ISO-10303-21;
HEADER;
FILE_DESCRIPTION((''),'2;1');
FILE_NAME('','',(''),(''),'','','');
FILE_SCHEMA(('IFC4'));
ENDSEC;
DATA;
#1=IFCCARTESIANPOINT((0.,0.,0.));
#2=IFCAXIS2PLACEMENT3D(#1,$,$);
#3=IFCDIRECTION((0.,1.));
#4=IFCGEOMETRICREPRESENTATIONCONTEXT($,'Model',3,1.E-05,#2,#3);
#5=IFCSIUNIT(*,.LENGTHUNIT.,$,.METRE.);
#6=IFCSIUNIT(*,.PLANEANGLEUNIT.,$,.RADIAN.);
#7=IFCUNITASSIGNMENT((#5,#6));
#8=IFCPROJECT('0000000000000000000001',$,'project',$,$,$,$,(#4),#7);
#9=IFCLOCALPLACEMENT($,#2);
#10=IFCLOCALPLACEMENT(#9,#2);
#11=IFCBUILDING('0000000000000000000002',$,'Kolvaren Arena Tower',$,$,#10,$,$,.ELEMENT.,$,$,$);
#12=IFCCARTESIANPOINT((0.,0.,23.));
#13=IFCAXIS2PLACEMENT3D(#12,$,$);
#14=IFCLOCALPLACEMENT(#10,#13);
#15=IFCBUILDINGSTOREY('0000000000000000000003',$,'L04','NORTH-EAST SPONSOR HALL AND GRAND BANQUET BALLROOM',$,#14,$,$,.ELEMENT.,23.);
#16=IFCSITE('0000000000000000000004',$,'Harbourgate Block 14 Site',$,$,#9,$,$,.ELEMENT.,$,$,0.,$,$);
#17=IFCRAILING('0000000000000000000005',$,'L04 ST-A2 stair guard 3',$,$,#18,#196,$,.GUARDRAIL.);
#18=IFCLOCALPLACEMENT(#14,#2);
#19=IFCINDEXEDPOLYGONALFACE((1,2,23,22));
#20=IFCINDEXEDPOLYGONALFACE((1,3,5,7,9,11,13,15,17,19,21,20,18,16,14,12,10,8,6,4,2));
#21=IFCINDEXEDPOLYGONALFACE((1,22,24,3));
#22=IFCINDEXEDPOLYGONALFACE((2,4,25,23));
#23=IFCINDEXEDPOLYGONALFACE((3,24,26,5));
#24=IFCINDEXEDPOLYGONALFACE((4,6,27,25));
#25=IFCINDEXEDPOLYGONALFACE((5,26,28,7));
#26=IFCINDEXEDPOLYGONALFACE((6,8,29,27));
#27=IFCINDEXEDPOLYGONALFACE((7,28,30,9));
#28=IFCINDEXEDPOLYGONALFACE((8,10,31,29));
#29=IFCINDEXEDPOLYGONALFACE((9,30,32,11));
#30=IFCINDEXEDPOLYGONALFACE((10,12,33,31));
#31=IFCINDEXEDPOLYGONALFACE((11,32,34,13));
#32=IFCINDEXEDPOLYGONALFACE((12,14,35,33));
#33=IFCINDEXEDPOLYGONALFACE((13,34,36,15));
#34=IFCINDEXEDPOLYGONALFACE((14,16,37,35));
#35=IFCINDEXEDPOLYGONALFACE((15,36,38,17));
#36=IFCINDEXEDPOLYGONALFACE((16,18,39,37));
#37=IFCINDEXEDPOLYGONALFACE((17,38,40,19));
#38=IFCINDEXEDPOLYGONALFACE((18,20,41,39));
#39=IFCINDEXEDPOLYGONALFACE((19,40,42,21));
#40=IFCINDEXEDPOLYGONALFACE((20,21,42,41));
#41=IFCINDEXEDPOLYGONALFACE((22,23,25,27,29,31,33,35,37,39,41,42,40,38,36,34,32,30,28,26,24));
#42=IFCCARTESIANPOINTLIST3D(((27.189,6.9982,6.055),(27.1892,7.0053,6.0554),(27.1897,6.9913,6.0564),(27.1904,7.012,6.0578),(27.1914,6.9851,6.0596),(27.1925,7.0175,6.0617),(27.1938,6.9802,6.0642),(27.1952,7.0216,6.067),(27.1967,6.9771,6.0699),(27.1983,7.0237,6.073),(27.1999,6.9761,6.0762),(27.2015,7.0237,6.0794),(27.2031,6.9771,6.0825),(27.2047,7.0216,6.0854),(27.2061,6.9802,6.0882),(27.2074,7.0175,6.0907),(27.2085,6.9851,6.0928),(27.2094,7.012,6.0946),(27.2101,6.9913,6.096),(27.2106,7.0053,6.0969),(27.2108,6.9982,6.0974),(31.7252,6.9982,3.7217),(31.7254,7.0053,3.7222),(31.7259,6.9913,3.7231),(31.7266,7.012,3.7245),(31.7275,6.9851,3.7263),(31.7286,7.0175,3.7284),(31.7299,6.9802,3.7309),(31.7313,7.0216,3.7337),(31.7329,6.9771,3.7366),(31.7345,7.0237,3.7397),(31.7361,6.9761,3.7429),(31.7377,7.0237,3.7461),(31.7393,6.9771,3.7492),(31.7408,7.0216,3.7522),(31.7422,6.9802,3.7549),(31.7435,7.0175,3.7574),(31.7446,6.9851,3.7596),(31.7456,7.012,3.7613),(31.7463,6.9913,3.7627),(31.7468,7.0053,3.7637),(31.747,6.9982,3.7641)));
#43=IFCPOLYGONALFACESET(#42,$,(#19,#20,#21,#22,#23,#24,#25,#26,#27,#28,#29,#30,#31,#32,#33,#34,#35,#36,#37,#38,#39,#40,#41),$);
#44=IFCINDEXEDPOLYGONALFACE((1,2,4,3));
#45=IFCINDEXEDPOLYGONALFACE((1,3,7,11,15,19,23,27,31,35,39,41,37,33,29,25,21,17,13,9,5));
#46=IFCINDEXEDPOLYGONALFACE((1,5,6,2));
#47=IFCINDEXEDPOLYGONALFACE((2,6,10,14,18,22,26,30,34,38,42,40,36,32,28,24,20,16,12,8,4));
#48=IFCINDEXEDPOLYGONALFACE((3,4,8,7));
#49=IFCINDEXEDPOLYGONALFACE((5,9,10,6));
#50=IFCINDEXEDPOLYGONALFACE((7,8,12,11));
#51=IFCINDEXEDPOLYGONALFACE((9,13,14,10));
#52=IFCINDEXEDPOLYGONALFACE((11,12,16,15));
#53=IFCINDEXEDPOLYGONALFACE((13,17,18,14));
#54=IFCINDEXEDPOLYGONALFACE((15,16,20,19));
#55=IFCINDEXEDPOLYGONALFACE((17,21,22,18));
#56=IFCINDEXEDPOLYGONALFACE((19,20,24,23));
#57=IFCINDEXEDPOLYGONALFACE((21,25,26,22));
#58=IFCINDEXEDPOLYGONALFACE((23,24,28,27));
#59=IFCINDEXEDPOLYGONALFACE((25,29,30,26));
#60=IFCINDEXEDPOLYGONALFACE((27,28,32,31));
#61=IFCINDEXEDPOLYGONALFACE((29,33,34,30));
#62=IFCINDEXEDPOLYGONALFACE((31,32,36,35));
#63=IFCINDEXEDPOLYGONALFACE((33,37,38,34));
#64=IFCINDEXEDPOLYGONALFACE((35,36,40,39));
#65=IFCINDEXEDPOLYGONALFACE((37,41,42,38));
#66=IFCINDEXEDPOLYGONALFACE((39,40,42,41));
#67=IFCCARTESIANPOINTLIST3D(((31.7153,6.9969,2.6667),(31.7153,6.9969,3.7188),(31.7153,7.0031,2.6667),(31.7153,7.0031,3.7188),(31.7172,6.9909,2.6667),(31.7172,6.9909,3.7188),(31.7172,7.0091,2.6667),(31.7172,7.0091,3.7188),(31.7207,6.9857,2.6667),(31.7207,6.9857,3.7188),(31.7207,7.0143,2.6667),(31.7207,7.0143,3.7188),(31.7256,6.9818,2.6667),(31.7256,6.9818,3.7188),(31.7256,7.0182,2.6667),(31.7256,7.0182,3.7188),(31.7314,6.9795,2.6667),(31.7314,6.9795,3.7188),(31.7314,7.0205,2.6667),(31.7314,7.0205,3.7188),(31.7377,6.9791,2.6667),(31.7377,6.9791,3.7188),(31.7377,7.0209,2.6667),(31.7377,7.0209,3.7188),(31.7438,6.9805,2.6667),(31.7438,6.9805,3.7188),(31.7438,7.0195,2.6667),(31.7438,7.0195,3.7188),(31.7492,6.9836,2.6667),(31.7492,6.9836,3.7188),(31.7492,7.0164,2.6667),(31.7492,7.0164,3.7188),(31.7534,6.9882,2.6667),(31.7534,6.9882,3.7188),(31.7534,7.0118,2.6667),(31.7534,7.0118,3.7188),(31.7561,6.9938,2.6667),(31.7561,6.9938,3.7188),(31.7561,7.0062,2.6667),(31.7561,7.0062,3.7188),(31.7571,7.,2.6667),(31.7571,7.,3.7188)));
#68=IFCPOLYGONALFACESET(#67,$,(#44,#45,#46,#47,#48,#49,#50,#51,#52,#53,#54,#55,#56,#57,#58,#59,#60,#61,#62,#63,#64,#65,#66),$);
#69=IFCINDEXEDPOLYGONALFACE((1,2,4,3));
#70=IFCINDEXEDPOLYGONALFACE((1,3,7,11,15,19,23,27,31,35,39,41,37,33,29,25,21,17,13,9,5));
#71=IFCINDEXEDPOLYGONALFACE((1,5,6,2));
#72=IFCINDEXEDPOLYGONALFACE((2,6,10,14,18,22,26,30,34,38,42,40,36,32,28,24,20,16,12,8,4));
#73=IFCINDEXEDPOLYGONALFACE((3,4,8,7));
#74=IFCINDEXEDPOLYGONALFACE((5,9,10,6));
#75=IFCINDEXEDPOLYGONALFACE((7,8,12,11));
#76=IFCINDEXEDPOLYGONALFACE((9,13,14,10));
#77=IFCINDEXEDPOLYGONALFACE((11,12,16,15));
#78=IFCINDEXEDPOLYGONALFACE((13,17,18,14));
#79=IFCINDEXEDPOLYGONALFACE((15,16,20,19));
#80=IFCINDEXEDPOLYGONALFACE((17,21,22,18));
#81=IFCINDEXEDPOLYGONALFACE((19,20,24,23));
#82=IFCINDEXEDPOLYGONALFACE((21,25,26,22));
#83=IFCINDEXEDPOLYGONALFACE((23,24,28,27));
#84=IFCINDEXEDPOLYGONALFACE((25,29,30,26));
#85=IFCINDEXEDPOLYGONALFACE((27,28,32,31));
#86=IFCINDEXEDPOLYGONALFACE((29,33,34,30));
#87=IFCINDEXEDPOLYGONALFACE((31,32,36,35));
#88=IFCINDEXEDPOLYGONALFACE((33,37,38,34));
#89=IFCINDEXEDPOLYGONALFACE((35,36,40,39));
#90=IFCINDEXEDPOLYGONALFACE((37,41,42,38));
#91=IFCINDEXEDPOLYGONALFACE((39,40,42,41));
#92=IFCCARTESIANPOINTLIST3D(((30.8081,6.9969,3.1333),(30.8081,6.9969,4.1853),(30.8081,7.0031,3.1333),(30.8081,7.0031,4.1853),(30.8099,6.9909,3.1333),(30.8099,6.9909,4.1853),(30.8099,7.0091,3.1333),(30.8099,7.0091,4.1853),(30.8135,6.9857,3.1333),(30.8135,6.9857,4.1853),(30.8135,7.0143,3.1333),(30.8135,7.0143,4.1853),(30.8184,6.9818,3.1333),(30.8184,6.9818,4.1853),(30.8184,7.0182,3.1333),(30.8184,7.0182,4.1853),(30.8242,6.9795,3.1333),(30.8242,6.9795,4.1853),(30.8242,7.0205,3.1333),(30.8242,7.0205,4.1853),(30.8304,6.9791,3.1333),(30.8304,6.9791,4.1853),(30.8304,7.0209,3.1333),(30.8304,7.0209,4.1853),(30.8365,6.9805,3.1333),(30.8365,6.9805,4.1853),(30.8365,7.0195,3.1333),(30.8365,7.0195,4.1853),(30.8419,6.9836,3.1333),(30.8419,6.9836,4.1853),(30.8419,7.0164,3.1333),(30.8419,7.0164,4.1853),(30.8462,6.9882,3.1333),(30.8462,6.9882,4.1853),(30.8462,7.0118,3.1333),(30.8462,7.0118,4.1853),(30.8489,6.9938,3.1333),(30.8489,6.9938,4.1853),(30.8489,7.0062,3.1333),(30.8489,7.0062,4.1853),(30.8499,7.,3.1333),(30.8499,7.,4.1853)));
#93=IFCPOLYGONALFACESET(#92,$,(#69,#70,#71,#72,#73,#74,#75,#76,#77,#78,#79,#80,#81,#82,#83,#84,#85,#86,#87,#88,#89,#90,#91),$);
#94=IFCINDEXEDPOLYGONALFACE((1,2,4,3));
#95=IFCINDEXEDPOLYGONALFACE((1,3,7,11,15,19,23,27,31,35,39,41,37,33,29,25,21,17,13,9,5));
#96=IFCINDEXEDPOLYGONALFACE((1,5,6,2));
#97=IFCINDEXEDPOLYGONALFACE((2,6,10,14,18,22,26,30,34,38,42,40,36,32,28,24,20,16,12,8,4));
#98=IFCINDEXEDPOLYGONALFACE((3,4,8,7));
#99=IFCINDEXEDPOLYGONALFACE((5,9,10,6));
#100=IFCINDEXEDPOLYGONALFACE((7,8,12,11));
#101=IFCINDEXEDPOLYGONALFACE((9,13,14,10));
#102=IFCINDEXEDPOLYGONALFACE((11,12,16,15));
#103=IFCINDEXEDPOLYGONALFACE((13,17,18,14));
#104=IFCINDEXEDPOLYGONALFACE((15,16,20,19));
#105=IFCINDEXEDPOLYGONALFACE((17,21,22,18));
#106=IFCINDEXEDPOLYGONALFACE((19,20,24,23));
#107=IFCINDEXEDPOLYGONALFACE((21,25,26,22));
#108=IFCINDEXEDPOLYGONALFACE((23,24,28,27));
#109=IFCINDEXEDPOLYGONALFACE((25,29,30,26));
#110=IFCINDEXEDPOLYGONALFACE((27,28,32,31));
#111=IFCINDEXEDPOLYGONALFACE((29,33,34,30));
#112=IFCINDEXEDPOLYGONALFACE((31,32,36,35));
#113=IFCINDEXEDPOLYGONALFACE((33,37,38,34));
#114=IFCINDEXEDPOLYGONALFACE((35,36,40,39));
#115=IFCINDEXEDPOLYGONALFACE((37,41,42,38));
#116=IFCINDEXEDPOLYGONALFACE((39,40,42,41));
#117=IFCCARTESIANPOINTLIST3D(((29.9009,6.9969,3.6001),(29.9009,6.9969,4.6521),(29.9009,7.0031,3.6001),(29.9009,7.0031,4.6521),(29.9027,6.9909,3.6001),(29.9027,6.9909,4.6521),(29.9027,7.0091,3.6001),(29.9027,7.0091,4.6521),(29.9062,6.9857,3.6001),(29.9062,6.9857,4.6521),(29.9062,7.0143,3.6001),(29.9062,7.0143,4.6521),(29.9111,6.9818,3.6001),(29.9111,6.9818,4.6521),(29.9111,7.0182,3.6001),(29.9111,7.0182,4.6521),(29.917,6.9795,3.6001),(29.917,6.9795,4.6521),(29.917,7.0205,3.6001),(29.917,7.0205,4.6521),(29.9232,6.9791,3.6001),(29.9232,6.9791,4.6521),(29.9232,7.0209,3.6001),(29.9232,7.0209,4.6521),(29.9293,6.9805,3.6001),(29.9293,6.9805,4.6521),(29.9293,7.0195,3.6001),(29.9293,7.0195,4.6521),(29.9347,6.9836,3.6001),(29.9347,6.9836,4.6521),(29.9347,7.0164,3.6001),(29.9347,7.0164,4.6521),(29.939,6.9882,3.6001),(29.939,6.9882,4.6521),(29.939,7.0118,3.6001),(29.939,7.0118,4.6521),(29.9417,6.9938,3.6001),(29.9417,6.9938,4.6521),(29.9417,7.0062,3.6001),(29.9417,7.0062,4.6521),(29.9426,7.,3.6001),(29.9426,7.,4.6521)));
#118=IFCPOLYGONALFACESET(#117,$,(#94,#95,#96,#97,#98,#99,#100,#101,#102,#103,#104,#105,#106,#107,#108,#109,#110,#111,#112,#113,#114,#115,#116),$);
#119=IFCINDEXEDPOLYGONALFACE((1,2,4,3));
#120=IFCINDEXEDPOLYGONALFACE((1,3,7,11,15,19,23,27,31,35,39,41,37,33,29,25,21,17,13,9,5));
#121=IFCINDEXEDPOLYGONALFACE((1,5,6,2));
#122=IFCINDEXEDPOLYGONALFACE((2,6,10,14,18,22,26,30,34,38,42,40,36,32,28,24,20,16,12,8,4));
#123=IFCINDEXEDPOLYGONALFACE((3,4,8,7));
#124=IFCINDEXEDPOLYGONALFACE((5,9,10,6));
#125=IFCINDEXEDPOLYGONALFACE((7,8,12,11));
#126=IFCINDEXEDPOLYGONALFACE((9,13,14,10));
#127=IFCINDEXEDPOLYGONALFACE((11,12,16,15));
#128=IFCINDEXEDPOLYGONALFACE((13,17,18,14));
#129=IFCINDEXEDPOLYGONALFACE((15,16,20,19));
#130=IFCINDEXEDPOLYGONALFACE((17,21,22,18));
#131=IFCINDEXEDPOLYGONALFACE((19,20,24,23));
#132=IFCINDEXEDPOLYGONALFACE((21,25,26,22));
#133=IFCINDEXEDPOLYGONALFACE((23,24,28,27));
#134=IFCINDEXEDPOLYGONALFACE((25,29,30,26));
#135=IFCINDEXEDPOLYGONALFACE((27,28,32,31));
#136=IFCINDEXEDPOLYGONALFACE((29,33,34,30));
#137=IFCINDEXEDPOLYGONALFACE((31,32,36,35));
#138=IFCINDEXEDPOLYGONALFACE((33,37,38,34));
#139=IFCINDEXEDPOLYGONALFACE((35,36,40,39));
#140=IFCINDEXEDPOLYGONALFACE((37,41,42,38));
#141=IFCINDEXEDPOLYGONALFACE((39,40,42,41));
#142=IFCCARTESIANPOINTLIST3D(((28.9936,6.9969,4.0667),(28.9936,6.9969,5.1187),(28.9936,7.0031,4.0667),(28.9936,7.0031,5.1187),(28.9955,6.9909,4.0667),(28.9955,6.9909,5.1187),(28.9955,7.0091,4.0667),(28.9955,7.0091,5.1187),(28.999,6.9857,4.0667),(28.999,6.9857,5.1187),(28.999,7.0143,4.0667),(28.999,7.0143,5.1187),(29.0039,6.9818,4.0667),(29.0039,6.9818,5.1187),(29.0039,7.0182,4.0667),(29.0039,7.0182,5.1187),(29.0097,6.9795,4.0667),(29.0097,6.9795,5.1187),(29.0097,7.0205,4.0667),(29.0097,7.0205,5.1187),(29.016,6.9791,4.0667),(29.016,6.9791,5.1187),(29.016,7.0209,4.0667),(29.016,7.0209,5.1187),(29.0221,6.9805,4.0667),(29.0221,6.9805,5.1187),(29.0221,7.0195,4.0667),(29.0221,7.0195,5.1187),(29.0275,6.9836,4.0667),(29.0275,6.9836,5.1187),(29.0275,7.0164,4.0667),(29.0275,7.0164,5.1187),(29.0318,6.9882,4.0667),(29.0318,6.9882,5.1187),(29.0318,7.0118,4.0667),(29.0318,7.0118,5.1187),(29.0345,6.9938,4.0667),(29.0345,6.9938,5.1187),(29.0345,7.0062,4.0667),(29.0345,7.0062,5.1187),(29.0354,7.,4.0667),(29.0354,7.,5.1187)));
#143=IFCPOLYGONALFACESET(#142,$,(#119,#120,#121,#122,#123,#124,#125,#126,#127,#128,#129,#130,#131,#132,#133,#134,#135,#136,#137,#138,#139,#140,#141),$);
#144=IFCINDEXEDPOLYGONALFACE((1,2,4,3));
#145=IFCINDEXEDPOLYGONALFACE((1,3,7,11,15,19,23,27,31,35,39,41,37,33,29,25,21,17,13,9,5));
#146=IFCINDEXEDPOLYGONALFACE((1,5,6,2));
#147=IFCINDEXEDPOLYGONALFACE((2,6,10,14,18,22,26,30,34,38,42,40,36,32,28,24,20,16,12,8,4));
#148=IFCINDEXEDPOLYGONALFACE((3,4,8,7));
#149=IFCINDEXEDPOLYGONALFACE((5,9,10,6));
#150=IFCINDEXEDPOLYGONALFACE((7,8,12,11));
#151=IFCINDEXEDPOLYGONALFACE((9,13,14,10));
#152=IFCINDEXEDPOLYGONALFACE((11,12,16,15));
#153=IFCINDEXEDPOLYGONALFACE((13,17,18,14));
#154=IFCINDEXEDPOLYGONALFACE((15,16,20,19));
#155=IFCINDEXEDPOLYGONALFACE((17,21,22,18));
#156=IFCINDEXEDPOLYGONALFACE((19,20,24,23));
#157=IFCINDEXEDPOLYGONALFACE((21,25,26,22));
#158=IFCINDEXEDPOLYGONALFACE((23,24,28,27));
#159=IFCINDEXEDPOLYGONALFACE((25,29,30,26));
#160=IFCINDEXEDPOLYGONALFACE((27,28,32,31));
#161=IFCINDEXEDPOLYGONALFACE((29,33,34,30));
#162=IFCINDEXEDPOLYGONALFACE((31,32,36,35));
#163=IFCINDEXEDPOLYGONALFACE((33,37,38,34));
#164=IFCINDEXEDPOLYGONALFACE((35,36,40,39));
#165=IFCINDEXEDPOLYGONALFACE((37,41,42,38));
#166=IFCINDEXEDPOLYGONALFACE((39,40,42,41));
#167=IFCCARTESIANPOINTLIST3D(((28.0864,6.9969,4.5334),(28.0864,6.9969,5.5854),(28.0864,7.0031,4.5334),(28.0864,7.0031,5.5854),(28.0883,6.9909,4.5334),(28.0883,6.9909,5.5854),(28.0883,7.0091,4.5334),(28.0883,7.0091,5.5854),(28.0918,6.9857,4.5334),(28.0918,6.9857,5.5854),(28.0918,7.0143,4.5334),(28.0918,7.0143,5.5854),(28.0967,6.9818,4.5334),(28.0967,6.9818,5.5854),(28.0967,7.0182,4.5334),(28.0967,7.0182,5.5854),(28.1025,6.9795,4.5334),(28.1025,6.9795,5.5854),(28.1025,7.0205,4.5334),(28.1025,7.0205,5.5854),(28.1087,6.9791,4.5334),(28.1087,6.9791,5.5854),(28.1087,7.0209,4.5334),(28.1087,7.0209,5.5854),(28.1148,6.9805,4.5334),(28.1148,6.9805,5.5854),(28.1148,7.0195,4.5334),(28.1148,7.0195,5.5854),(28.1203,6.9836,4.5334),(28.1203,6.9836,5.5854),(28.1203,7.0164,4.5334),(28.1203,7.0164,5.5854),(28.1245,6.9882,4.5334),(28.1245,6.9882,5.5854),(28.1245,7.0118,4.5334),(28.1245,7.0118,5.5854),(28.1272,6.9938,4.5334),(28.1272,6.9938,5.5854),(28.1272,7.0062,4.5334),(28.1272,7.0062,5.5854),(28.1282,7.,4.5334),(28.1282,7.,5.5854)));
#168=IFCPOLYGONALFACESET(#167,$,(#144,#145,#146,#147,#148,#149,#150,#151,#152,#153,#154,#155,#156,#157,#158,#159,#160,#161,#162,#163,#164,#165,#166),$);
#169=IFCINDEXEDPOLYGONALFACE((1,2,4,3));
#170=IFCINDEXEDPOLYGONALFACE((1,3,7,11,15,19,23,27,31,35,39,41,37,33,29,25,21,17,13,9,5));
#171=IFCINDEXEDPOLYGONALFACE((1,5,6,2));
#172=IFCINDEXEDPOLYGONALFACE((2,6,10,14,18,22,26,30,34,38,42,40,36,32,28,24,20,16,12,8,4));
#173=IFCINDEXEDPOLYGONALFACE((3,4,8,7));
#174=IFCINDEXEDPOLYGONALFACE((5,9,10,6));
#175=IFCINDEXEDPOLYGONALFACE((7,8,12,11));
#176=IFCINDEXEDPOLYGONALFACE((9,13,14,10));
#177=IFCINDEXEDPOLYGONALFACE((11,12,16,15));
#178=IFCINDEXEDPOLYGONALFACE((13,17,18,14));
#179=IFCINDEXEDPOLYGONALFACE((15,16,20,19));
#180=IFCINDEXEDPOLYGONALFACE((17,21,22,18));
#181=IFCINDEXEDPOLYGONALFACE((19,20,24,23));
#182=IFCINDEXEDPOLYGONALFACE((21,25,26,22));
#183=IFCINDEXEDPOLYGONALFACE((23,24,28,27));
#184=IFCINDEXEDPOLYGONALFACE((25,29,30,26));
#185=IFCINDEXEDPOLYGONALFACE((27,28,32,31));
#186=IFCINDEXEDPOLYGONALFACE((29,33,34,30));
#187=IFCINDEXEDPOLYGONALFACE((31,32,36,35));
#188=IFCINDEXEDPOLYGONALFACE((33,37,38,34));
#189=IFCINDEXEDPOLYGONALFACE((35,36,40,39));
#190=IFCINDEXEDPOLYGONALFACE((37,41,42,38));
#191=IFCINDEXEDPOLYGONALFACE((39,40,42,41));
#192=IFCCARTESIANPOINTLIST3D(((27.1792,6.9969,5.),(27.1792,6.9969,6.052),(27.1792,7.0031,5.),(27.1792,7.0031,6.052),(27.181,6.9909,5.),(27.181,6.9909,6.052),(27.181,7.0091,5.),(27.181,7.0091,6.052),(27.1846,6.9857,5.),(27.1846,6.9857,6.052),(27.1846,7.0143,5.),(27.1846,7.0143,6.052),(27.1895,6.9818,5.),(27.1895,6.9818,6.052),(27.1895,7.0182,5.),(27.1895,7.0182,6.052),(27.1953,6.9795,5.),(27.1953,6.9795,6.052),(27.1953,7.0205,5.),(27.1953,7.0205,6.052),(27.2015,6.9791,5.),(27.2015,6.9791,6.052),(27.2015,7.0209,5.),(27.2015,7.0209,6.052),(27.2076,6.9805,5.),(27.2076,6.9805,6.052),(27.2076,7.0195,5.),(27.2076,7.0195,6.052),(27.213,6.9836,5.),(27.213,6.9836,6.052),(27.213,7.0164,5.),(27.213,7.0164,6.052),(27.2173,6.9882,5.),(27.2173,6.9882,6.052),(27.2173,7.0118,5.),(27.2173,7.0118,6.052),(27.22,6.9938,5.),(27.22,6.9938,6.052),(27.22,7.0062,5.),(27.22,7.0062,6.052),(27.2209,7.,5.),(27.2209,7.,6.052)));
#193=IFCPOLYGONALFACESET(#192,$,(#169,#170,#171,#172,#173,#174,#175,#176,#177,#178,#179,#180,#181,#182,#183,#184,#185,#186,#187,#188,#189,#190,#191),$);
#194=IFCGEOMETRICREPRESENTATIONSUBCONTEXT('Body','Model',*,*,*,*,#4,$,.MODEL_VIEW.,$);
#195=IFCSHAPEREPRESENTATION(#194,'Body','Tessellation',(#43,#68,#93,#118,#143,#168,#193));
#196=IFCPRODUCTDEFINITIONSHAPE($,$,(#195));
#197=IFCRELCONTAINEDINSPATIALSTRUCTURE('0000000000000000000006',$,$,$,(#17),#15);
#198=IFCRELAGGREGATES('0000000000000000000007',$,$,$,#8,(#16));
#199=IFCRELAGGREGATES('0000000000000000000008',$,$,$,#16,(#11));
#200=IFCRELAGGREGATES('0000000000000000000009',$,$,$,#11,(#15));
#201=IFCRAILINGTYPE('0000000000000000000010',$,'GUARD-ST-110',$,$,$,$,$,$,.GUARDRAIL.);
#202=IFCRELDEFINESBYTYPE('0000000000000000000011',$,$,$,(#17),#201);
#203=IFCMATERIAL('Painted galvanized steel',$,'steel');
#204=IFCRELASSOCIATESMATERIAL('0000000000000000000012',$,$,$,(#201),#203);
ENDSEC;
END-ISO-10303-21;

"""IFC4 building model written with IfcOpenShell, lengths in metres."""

from ifc_helpers import new_model, si_unit, direction, frame, origin, origin_2d, place, context, subcontext, project, spatial, circle, extrude, material, type_object, element, save


model = new_model("IFC4")

# Units and contexts
model_context = context("Model", 3, precision=1e-05, world=origin(), true_north=direction((0.0, 1.0)))
body_context = subcontext(model_context, "Body", "Model", "MODEL_VIEW")
ifc_project = project(units=[si_unit("LENGTHUNIT", "METRE"), si_unit("PLANEANGLEUNIT", "RADIAN")], contexts=[model_context])

# Site, building, storey
site_placement = place(None, origin())
site = spatial("IfcSite", under=ifc_project, at=site_placement, Name="Harbourgate Block 14 Site", CompositionType="ELEMENT", RefElevation=0.0)
building_placement = place(site_placement, origin())
building = spatial("IfcBuilding", under=site, at=building_placement, Name="Kolvaren Arena Tower", CompositionType="ELEMENT")
storey_placement = place(building_placement, frame((0.0, 0.0, 23.0)))
storey = spatial("IfcBuildingStorey", under=building, at=storey_placement, Name="L04", Description="NORTH-EAST SPONSOR HALL AND GRAND BANQUET BALLROOM", CompositionType="ELEMENT", Elevation=23.0)

# Railing
ifc_material_1 = material(Name="Painted galvanized steel", Category="steel")
railing_type_1 = type_object("IfcRailingType", Name="GUARD-ST-110", PredefinedType="GUARDRAIL", material=ifc_material_1)
railing_1_placement = place(storey_placement, frame((31.7361, 7.0, 2.6667)))
element("IfcRailing", 1, at=railing_1_placement, inside=storey, type_object=railing_type_1, Name="L04 ST-A2 stair guard 3", PredefinedType="GUARDRAIL", context=body_context, shape_type="SweptSolid", body=[
    extrude(circle(Radius=0.0239, at=origin_2d()), frame((0.0, 0.0, 1.0762), z_axis=(-0.889257, 0.0, 0.457407), x_axis=(0.0, -1.0, 0.0)), (0.0, 0.0, 1.0), 5.1011),
    extrude(circle(Radius=0.021, at=origin_2d()), origin(), (0.0, 0.0, 1.0), 1.052),
    extrude(circle(Radius=0.021, at=origin_2d()), frame((-0.9072, 0.0, 0.4666)), (0.0, 0.0, 1.0), 1.052),
    extrude(circle(Radius=0.021, at=origin_2d()), frame((-1.8145, 0.0, 0.9333)), (0.0, 0.0, 1.0), 1.052),
    extrude(circle(Radius=0.021, at=origin_2d()), frame((-2.7217, 0.0, 1.3999)), (0.0, 0.0, 1.0), 1.052),
    extrude(circle(Radius=0.021, at=origin_2d()), frame((-3.6289, 0.0, 1.8667)), (0.0, 0.0, 1.0), 1.052),
    extrude(circle(Radius=0.021, at=origin_2d()), frame((-4.5361, 0.0, 2.3333)), (0.0, 0.0, 1.0), 1.052),
])

save(model, "model.ifc")
